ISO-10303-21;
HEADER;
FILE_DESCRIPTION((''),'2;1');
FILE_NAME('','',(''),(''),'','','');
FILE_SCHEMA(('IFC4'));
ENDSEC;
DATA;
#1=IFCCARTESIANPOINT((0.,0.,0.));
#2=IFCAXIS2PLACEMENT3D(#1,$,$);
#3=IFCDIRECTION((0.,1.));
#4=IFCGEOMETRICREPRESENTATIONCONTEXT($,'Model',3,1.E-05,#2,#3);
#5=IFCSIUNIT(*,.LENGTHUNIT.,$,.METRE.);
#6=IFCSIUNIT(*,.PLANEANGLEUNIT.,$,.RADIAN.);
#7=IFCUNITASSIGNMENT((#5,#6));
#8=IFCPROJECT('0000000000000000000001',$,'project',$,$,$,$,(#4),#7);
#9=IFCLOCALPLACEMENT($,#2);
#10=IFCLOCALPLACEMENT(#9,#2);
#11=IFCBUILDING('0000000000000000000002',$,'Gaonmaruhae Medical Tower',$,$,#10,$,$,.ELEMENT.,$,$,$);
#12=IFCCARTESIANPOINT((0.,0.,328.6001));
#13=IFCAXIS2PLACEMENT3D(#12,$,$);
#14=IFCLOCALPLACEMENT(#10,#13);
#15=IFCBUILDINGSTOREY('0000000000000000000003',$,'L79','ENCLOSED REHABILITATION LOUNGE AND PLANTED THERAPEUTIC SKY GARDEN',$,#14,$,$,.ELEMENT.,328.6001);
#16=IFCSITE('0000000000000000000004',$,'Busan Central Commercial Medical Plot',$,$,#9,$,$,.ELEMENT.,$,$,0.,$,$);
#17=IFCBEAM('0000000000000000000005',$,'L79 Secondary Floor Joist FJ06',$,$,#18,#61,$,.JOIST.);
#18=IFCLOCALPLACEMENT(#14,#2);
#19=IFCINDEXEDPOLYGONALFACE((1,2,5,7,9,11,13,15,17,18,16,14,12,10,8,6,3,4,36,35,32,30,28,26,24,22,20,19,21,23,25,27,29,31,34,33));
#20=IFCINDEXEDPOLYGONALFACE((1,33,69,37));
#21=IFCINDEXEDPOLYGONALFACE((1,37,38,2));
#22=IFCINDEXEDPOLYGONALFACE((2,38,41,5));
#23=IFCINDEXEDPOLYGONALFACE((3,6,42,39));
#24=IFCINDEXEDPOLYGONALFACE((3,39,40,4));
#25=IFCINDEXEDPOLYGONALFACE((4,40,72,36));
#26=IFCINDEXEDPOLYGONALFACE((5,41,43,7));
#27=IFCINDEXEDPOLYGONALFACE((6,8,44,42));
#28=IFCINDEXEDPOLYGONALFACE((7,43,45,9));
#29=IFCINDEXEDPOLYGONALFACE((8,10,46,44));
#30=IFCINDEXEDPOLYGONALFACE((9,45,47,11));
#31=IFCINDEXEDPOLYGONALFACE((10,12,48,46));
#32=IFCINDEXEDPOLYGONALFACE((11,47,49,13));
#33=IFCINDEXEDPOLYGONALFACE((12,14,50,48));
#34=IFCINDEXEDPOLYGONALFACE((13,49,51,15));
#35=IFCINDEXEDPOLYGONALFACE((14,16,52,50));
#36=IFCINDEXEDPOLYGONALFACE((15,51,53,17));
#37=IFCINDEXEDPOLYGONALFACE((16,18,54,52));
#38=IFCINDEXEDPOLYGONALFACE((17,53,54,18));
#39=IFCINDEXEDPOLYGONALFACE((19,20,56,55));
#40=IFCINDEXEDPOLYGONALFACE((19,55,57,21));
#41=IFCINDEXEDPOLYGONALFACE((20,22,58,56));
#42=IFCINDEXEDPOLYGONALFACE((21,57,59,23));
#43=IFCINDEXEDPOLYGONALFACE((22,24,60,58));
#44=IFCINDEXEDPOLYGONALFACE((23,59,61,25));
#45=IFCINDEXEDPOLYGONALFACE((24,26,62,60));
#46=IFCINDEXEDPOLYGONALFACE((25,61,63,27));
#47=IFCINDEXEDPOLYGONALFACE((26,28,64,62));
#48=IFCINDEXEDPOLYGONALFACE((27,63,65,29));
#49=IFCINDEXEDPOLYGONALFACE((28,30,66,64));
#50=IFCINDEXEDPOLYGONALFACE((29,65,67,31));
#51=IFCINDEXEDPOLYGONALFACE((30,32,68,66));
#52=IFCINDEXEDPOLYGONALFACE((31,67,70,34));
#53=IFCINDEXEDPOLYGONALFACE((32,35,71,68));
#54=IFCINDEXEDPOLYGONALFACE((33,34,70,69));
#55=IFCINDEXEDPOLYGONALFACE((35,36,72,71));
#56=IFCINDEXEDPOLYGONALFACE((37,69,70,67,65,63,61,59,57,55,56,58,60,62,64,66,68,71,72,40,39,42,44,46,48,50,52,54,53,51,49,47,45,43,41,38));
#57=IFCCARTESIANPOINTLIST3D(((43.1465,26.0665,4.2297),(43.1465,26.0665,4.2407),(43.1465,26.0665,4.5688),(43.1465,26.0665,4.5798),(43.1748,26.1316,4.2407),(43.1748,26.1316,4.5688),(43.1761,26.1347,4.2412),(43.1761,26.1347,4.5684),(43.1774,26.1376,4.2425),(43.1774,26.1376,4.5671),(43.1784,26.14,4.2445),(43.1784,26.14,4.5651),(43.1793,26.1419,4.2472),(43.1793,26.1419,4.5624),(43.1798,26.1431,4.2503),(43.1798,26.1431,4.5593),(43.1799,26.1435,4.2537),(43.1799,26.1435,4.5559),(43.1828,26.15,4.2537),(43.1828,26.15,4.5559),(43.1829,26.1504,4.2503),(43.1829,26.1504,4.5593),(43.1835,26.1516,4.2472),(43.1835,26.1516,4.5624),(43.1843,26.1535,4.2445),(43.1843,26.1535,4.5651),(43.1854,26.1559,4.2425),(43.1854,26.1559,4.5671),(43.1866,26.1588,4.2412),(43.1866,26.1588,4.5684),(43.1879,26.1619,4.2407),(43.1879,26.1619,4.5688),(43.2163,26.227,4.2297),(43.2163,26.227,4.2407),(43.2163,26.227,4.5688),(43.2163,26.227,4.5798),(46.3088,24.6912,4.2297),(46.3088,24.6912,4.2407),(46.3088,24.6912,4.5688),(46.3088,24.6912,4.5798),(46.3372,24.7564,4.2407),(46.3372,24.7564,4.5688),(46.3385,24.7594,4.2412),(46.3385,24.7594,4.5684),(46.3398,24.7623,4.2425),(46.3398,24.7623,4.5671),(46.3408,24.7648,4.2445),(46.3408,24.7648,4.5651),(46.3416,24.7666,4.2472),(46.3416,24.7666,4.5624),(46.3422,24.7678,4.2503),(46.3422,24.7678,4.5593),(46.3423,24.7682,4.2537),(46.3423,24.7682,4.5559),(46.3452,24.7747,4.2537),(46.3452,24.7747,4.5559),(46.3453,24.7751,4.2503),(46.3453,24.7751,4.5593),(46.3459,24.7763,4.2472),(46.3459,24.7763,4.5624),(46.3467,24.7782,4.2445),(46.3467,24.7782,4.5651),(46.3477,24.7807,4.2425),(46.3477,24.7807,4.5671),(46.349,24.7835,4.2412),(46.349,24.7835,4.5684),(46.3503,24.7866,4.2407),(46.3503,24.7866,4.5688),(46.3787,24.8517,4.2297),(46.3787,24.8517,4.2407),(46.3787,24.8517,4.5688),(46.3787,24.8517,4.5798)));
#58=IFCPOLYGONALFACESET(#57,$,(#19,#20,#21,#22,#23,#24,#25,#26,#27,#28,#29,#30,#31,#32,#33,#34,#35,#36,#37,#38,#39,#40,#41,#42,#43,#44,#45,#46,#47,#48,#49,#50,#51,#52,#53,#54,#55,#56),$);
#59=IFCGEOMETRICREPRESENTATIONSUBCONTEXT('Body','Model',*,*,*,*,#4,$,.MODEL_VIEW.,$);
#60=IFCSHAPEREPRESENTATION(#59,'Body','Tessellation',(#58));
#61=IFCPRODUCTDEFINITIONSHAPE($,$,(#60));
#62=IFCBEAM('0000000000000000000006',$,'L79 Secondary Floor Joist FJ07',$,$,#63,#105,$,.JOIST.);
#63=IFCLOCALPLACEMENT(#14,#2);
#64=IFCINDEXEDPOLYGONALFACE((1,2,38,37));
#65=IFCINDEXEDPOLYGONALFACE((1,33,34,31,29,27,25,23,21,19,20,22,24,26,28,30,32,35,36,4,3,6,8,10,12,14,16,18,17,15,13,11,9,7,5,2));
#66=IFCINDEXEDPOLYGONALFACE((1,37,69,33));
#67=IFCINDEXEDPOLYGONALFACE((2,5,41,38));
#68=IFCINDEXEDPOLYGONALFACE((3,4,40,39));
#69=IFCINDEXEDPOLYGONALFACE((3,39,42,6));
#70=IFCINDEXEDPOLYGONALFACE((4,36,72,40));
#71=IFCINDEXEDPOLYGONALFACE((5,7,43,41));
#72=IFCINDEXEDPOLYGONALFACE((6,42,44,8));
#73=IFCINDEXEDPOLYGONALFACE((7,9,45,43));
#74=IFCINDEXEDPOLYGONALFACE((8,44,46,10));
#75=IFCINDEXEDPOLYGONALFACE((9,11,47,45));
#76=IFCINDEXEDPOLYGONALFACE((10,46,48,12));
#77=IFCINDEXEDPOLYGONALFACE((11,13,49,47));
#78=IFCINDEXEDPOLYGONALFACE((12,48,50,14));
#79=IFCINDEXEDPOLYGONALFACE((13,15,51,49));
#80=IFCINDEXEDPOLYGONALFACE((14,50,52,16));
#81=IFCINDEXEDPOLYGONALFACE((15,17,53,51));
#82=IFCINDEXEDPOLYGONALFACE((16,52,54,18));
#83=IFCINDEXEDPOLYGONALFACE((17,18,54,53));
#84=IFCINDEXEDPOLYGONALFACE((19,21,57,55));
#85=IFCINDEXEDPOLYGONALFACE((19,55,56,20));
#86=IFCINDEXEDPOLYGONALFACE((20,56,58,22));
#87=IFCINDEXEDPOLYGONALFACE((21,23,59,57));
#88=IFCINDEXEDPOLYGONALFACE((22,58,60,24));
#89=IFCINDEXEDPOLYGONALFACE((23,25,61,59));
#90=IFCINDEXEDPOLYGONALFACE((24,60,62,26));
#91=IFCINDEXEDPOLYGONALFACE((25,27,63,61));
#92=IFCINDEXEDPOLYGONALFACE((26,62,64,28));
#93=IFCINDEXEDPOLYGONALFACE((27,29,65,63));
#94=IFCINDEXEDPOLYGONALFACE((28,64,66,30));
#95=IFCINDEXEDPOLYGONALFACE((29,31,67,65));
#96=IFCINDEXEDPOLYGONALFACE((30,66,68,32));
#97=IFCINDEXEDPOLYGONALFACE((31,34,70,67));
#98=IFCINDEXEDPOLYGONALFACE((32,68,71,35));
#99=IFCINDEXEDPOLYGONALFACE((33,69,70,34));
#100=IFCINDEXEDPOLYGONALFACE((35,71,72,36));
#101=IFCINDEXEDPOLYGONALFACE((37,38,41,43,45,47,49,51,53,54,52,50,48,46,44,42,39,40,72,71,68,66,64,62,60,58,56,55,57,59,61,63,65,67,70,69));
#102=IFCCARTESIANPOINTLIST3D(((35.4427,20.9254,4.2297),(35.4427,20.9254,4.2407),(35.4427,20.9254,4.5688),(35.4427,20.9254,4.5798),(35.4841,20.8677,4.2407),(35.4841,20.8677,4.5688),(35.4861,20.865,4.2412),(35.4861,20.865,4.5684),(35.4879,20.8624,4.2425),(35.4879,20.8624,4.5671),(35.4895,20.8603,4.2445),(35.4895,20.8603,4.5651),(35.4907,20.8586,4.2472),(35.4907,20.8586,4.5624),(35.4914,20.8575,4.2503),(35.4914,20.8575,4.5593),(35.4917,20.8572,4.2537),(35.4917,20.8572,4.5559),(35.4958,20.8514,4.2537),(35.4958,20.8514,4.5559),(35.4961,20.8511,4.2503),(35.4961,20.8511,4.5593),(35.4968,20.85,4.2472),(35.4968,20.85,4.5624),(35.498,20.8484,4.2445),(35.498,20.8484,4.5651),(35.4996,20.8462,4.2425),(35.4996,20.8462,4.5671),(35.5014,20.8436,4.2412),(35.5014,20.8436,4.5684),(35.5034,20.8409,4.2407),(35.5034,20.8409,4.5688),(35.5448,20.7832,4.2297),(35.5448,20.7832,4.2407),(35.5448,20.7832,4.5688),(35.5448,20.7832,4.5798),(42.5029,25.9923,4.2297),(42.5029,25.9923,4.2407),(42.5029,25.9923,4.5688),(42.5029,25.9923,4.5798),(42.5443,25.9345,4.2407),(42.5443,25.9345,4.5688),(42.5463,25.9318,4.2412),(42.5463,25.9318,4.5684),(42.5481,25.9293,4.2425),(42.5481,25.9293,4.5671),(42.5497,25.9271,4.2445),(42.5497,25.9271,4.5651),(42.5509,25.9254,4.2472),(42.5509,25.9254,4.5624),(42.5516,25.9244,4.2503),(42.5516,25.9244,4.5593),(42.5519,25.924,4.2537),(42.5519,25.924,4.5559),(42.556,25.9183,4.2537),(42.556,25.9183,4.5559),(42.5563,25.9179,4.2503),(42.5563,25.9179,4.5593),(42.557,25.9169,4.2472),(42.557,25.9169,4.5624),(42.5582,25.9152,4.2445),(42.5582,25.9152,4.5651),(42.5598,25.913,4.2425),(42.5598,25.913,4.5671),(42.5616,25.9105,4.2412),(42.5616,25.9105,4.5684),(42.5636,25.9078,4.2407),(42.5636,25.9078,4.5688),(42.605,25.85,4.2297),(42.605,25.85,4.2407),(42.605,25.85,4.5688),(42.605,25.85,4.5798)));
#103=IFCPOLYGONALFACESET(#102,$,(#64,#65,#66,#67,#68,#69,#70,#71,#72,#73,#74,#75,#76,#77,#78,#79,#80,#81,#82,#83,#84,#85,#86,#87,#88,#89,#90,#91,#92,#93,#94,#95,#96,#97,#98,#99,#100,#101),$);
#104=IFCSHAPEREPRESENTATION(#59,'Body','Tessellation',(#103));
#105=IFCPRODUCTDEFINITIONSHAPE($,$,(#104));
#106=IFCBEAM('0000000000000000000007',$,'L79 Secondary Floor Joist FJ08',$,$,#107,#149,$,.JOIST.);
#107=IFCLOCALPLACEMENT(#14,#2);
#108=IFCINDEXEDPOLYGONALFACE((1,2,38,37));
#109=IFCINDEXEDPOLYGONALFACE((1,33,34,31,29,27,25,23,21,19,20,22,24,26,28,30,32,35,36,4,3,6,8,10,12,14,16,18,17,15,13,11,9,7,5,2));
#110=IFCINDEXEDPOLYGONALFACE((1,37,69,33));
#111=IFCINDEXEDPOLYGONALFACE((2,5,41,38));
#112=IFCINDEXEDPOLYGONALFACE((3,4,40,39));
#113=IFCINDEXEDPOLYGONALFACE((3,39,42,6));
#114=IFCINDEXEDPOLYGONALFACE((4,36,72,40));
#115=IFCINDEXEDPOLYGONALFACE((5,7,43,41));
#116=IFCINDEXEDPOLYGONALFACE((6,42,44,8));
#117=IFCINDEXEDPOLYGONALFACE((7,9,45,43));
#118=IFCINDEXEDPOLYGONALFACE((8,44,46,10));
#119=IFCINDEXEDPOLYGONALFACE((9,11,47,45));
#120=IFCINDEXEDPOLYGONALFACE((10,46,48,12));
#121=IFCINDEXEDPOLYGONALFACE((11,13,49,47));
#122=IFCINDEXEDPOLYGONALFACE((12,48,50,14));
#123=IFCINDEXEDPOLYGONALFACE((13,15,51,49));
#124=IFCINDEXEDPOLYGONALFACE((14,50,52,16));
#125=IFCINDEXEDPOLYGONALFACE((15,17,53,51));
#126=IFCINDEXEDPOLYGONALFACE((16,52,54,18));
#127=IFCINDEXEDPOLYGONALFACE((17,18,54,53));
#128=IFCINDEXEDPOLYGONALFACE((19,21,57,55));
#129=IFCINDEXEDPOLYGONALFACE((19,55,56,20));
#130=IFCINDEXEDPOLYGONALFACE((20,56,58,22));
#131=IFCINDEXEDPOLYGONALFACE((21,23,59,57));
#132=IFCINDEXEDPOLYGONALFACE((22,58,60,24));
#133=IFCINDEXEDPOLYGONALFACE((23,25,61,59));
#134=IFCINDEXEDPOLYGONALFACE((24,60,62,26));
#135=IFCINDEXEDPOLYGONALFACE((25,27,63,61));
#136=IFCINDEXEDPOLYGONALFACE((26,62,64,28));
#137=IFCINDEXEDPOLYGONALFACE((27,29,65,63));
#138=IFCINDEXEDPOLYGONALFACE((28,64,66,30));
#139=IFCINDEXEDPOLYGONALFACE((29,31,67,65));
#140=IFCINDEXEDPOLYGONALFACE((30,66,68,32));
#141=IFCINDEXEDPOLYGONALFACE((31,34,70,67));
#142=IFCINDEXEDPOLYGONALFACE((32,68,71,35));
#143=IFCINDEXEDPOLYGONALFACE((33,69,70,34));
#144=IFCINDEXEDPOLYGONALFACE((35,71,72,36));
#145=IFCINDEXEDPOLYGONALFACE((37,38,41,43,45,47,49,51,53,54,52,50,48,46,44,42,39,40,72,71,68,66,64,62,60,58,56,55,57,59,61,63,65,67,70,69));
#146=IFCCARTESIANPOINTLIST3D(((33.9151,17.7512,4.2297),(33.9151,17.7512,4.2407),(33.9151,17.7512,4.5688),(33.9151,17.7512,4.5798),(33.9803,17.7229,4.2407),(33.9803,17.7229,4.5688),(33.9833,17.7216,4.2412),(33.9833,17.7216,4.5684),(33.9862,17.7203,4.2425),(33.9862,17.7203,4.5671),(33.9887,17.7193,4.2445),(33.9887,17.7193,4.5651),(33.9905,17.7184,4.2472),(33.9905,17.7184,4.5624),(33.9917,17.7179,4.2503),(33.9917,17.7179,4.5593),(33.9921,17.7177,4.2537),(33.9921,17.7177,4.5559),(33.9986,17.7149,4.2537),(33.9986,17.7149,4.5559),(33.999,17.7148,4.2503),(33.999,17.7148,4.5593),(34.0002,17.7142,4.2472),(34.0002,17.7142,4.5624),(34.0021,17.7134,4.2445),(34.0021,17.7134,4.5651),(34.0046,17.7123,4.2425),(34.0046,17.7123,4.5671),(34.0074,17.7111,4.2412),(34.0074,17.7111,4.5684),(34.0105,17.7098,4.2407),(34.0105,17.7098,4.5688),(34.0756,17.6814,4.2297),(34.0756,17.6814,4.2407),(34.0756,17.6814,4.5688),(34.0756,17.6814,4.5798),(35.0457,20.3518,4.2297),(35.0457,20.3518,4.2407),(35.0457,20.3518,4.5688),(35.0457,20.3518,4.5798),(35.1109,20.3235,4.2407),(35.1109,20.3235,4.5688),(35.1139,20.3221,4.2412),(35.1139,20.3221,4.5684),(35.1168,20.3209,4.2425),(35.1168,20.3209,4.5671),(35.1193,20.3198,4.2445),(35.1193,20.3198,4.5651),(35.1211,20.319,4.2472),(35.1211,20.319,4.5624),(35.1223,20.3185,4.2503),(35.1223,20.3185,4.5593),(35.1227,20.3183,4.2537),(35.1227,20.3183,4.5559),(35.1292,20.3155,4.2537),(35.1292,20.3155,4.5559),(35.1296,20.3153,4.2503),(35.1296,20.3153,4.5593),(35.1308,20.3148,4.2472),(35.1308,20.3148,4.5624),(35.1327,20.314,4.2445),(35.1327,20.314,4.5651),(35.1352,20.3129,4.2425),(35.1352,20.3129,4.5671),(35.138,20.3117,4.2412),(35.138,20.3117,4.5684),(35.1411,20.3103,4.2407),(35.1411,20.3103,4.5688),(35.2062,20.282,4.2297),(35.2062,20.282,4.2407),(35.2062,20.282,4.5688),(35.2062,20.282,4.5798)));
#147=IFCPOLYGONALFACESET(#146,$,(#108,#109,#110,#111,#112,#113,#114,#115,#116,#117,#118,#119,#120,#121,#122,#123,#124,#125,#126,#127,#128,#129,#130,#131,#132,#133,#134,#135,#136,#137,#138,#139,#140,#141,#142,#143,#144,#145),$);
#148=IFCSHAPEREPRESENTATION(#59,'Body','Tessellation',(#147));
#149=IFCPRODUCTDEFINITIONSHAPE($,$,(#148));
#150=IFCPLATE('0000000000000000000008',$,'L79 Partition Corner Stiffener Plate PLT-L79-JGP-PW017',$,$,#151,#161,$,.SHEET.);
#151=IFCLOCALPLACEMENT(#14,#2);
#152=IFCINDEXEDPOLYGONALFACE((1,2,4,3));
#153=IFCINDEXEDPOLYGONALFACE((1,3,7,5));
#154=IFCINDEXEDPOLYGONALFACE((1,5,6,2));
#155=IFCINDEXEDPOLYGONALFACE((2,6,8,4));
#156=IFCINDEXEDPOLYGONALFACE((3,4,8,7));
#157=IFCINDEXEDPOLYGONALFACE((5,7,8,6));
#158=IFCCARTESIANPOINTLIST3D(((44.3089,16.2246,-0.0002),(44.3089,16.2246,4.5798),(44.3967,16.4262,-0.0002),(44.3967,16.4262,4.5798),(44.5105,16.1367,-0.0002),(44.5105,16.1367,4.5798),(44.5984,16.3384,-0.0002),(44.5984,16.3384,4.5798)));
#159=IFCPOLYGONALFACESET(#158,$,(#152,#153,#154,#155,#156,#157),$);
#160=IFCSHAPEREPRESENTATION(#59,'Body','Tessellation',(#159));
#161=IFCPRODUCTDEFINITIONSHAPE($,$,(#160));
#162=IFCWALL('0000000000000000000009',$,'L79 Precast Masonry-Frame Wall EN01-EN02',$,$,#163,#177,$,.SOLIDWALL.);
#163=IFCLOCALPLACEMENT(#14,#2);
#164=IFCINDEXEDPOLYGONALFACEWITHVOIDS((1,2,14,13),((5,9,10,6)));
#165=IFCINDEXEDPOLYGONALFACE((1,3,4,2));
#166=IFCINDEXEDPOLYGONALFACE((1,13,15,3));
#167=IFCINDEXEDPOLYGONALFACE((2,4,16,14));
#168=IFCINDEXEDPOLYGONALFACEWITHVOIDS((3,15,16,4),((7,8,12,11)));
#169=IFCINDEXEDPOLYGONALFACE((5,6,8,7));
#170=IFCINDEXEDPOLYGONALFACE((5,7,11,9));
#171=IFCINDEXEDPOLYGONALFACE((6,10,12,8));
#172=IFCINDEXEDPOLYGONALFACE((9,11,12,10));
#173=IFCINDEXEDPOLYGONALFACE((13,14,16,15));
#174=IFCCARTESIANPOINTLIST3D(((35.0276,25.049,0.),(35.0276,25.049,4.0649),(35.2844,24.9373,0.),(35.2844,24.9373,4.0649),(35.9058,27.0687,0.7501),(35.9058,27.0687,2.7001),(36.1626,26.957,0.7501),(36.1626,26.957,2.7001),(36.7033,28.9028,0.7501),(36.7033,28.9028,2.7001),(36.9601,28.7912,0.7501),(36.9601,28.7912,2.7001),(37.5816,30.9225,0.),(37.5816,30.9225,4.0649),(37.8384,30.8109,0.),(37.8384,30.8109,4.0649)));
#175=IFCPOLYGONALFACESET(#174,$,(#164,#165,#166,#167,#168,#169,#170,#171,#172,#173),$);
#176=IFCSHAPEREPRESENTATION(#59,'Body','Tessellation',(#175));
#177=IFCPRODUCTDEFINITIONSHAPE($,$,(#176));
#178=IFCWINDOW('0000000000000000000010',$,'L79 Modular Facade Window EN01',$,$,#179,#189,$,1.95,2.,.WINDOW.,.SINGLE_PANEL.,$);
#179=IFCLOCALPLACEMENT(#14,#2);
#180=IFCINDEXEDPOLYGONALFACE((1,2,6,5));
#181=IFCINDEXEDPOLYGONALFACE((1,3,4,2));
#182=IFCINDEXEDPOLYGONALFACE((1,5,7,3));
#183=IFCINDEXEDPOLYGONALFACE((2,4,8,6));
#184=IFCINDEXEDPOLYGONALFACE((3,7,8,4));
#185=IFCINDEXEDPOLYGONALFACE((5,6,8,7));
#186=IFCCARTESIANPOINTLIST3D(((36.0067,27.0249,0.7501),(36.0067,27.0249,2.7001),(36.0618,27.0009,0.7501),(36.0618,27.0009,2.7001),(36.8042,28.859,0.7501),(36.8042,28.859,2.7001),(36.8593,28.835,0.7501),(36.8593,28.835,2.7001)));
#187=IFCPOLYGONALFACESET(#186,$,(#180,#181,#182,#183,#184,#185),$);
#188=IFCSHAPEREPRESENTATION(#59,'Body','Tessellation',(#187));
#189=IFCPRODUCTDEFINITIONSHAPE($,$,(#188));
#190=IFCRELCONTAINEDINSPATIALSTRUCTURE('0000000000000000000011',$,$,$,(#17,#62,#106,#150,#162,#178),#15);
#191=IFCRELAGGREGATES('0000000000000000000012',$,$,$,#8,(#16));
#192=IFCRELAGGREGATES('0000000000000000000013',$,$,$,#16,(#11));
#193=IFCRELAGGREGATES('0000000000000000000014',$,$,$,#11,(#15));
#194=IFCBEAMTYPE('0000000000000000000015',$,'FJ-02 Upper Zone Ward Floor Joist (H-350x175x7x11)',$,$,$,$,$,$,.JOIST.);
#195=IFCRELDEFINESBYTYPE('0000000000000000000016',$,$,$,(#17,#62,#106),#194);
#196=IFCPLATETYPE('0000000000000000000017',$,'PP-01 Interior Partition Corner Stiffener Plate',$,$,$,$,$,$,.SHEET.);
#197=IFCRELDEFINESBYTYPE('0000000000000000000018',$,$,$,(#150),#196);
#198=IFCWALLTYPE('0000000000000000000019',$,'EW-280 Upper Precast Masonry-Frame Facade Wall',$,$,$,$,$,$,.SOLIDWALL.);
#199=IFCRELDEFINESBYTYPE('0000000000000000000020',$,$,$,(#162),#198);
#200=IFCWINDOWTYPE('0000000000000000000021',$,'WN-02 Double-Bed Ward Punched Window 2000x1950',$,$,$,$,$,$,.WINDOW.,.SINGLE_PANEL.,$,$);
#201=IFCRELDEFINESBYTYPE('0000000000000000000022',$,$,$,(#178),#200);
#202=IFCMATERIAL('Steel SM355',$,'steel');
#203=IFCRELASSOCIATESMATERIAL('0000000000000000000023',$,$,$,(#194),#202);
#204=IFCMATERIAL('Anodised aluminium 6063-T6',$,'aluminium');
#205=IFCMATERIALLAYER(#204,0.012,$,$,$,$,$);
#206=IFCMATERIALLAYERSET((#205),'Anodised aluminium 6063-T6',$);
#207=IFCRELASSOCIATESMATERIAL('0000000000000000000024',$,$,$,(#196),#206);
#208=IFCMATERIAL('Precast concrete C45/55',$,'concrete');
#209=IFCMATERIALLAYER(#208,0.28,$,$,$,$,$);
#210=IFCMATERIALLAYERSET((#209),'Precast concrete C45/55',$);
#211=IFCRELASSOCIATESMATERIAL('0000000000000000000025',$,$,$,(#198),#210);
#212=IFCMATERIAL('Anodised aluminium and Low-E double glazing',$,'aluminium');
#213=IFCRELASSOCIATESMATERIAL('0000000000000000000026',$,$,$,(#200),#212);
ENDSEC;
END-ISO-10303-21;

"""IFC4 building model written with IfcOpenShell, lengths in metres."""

from ifc_helpers import new_model, si_unit, direction, frame, frame_2d, origin, origin_2d, place, context, subcontext, project, spatial, rectangle, i_section, extrude, material, layer, layer_set, material_profile, profile_set, type_object, element, fill, save


model = new_model("IFC4")

# Units and contexts
model_context = context("Model", 3, precision=1e-05, world=origin(), true_north=direction((0.0, 1.0)))
body_context = subcontext(model_context, "Body", "Model", "MODEL_VIEW")
ifc_project = project(units=[si_unit("LENGTHUNIT", "METRE"), si_unit("PLANEANGLEUNIT", "RADIAN")], contexts=[model_context])

# Site, building, storey
site_placement = place(None, origin())
site = spatial("IfcSite", under=ifc_project, at=site_placement, Name="Busan Central Commercial Medical Plot", CompositionType="ELEMENT", RefElevation=0.0)
building_placement = place(site_placement, origin())
building = spatial("IfcBuilding", under=site, at=building_placement, Name="Gaonmaruhae Medical Tower", CompositionType="ELEMENT")
storey_placement = place(building_placement, frame((0.0, 0.0, 328.6001)))
storey = spatial("IfcBuildingStorey", under=building, at=storey_placement, Name="L79", Description="ENCLOSED REHABILITATION LOUNGE AND PLANTED THERAPEUTIC SKY GARDEN", CompositionType="ELEMENT", Elevation=328.6001)

# Beams
ifc_material_1 = material(Name="Steel SM355", Category="steel")
ifc_material_profile_1 = material_profile(ifc_material_1, i_section(OverallWidth=0.175, OverallDepth=0.3501, WebThickness=0.0071, FlangeThickness=0.011, FilletRadius=0.0129, at=origin_2d()), Name="H-350x175x7x11")
ifc_profile_set_1 = profile_set([ifc_material_profile_1], Name="Steel SM355")
beam_type_1 = type_object("IfcBeamType", Name="FJ-02 Upper Zone Ward Floor Joist (H-350x175x7x11)", PredefinedType="JOIST", material=ifc_profile_set_1)
beam_1_placement = place(storey_placement, frame((46.3438, 24.7715, 4.4048), z_axis=(-0.917037, 0.398801, 0.0), x_axis=(-0.398801, -0.917037, 0.0)))
element("IfcBeam", 1, at=beam_1_placement, inside=storey, type_object=beam_type_1, Name="L79 Secondary Floor Joist FJ06", PredefinedType="JOIST", context=body_context, shape_type="SweptSolid", body=[
    extrude(i_section(OverallWidth=0.175, OverallDepth=0.3501, WebThickness=0.0071, FlangeThickness=0.011, FilletRadius=0.0129, at=origin_2d()), origin(), (0.0, 0.0, 1.0), 3.4485),
])
beam_2_placement = place(storey_placement, frame((42.554, 25.9211, 4.4048), z_axis=(-0.812435, -0.583052, 0.0), x_axis=(0.583052, -0.812435, 0.0)))
element("IfcBeam", 2, at=beam_2_placement, inside=storey, type_object=beam_type_1, Name="L79 Secondary Floor Joist FJ07", PredefinedType="JOIST", context=body_context, shape_type="SweptSolid", body=[
    extrude(i_section(OverallWidth=0.175, OverallDepth=0.3501, WebThickness=0.0071, FlangeThickness=0.011, FilletRadius=0.0129, at=origin_2d()), origin(), (0.0, 0.0, 1.0), 8.6902),
])
beam_3_placement = place(storey_placement, frame((35.126, 20.3169, 4.4048), z_axis=(-0.398704, -0.91708, 0.0), x_axis=(0.91708, -0.398704, 0.0)))
element("IfcBeam", 3, at=beam_3_placement, inside=storey, type_object=beam_type_1, Name="L79 Secondary Floor Joist FJ08", PredefinedType="JOIST", context=body_context, shape_type="SweptSolid", body=[
    extrude(i_section(OverallWidth=0.175, OverallDepth=0.3501, WebThickness=0.0071, FlangeThickness=0.011, FilletRadius=0.0129, at=origin_2d()), origin(), (0.0, 0.0, 1.0), 2.8357),
])

# Plate
ifc_material_2 = material(Name="Anodised aluminium 6063-T6", Category="aluminium")
ifc_layer_1 = layer(ifc_material_2, 0.012)
ifc_layer_set_1 = layer_set([ifc_layer_1], Name="Anodised aluminium 6063-T6")
plate_type = type_object("IfcPlateType", Name="PP-01 Interior Partition Corner Stiffener Plate", PredefinedType="SHEET", material=ifc_layer_set_1)
plate_placement = place(storey_placement, frame((44.4536, 16.2815, -0.0002), z_axis=(0.0, 0.0, 1.0), x_axis=(0.399325, 0.916809, 0.0)))
element("IfcPlate", 4, at=plate_placement, inside=storey, type_object=plate_type, Name="L79 Partition Corner Stiffener Plate PLT-L79-JGP-PW017", PredefinedType="SHEET", context=body_context, shape_type="SweptSolid", body=[
    extrude(rectangle(XDim=0.22, YDim=0.22, at=origin_2d()), origin(), (0.0, 0.0, 1.0), 4.5801),
])

# Wall, opening, window
ifc_material_3 = material(Name="Precast concrete C45/55", Category="concrete")
ifc_layer_2 = layer(ifc_material_3, 0.28)
ifc_layer_set_2 = layer_set([ifc_layer_2], Name="Precast concrete C45/55")
wall_type_1 = type_object("IfcWallType", Name="EW-280 Upper Precast Masonry-Frame Facade Wall", PredefinedType="SOLIDWALL", material=ifc_layer_set_2)
wall_1_placement = place(storey_placement, frame((35.156, 24.9932, 0.0), z_axis=(0.0, 0.0, 1.0), x_axis=(0.398758, 0.917056, 0.0)))
wall_1 = element("IfcWall", 5, at=wall_1_placement, inside=storey, type_object=wall_type_1, Name="L79 Precast Masonry-Frame Wall EN01-EN02", PredefinedType="SOLIDWALL", context=body_context, shape_type="SweptSolid", body=[
    extrude(rectangle(XDim=6.4048, YDim=0.28, at=frame_2d((3.2024, 0.0))), origin(), (0.0, 0.0, 1.0), 4.0649),
])
opening_1_placement = place(wall_1_placement, frame((2.2024, 0.0, 0.75)))
opening_1 = element("IfcOpeningElement", 6, at=opening_1_placement, cuts=wall_1, PredefinedType="OPENING", context=body_context, shape_type="SweptSolid", body=[
    extrude(rectangle(XDim=2.0, YDim=1.95, at=frame_2d((1.0, 0.9751))), frame((0.0, 0.1499, 0.0), z_axis=(0.0, -1.0, 0.0), x_axis=(1.0, 0.0, 0.0)), (0.0, 0.0, 1.0), 0.3),
])
ifc_material_4 = material(Name="Anodised aluminium and Low-E double glazing", Category="aluminium")
window_type = type_object("IfcWindowType", Name="WN-02 Double-Bed Ward Punched Window 2000x1950", PartitioningType="SINGLE_PANEL", PredefinedType="WINDOW", material=ifc_material_4)
window_placement = place(opening_1_placement, origin())
window = element("IfcWindow", 7, at=window_placement, inside=storey, type_object=window_type, Name="L79 Modular Facade Window EN01", OverallHeight=1.95, OverallWidth=2.0, PartitioningType="SINGLE_PANEL", PredefinedType="WINDOW", context=body_context, shape_type="SweptSolid", body=[
    extrude(rectangle(XDim=2.0, YDim=1.95, at=frame_2d((1.0, 0.9751))), frame((0.0, 0.03, 0.0), z_axis=(0.0, -1.0, 0.0), x_axis=(1.0, 0.0, 0.0)), (0.0, 0.0, 1.0), 0.0601),
])
fill(opening_1, window)

save(model, "model.ifc")
